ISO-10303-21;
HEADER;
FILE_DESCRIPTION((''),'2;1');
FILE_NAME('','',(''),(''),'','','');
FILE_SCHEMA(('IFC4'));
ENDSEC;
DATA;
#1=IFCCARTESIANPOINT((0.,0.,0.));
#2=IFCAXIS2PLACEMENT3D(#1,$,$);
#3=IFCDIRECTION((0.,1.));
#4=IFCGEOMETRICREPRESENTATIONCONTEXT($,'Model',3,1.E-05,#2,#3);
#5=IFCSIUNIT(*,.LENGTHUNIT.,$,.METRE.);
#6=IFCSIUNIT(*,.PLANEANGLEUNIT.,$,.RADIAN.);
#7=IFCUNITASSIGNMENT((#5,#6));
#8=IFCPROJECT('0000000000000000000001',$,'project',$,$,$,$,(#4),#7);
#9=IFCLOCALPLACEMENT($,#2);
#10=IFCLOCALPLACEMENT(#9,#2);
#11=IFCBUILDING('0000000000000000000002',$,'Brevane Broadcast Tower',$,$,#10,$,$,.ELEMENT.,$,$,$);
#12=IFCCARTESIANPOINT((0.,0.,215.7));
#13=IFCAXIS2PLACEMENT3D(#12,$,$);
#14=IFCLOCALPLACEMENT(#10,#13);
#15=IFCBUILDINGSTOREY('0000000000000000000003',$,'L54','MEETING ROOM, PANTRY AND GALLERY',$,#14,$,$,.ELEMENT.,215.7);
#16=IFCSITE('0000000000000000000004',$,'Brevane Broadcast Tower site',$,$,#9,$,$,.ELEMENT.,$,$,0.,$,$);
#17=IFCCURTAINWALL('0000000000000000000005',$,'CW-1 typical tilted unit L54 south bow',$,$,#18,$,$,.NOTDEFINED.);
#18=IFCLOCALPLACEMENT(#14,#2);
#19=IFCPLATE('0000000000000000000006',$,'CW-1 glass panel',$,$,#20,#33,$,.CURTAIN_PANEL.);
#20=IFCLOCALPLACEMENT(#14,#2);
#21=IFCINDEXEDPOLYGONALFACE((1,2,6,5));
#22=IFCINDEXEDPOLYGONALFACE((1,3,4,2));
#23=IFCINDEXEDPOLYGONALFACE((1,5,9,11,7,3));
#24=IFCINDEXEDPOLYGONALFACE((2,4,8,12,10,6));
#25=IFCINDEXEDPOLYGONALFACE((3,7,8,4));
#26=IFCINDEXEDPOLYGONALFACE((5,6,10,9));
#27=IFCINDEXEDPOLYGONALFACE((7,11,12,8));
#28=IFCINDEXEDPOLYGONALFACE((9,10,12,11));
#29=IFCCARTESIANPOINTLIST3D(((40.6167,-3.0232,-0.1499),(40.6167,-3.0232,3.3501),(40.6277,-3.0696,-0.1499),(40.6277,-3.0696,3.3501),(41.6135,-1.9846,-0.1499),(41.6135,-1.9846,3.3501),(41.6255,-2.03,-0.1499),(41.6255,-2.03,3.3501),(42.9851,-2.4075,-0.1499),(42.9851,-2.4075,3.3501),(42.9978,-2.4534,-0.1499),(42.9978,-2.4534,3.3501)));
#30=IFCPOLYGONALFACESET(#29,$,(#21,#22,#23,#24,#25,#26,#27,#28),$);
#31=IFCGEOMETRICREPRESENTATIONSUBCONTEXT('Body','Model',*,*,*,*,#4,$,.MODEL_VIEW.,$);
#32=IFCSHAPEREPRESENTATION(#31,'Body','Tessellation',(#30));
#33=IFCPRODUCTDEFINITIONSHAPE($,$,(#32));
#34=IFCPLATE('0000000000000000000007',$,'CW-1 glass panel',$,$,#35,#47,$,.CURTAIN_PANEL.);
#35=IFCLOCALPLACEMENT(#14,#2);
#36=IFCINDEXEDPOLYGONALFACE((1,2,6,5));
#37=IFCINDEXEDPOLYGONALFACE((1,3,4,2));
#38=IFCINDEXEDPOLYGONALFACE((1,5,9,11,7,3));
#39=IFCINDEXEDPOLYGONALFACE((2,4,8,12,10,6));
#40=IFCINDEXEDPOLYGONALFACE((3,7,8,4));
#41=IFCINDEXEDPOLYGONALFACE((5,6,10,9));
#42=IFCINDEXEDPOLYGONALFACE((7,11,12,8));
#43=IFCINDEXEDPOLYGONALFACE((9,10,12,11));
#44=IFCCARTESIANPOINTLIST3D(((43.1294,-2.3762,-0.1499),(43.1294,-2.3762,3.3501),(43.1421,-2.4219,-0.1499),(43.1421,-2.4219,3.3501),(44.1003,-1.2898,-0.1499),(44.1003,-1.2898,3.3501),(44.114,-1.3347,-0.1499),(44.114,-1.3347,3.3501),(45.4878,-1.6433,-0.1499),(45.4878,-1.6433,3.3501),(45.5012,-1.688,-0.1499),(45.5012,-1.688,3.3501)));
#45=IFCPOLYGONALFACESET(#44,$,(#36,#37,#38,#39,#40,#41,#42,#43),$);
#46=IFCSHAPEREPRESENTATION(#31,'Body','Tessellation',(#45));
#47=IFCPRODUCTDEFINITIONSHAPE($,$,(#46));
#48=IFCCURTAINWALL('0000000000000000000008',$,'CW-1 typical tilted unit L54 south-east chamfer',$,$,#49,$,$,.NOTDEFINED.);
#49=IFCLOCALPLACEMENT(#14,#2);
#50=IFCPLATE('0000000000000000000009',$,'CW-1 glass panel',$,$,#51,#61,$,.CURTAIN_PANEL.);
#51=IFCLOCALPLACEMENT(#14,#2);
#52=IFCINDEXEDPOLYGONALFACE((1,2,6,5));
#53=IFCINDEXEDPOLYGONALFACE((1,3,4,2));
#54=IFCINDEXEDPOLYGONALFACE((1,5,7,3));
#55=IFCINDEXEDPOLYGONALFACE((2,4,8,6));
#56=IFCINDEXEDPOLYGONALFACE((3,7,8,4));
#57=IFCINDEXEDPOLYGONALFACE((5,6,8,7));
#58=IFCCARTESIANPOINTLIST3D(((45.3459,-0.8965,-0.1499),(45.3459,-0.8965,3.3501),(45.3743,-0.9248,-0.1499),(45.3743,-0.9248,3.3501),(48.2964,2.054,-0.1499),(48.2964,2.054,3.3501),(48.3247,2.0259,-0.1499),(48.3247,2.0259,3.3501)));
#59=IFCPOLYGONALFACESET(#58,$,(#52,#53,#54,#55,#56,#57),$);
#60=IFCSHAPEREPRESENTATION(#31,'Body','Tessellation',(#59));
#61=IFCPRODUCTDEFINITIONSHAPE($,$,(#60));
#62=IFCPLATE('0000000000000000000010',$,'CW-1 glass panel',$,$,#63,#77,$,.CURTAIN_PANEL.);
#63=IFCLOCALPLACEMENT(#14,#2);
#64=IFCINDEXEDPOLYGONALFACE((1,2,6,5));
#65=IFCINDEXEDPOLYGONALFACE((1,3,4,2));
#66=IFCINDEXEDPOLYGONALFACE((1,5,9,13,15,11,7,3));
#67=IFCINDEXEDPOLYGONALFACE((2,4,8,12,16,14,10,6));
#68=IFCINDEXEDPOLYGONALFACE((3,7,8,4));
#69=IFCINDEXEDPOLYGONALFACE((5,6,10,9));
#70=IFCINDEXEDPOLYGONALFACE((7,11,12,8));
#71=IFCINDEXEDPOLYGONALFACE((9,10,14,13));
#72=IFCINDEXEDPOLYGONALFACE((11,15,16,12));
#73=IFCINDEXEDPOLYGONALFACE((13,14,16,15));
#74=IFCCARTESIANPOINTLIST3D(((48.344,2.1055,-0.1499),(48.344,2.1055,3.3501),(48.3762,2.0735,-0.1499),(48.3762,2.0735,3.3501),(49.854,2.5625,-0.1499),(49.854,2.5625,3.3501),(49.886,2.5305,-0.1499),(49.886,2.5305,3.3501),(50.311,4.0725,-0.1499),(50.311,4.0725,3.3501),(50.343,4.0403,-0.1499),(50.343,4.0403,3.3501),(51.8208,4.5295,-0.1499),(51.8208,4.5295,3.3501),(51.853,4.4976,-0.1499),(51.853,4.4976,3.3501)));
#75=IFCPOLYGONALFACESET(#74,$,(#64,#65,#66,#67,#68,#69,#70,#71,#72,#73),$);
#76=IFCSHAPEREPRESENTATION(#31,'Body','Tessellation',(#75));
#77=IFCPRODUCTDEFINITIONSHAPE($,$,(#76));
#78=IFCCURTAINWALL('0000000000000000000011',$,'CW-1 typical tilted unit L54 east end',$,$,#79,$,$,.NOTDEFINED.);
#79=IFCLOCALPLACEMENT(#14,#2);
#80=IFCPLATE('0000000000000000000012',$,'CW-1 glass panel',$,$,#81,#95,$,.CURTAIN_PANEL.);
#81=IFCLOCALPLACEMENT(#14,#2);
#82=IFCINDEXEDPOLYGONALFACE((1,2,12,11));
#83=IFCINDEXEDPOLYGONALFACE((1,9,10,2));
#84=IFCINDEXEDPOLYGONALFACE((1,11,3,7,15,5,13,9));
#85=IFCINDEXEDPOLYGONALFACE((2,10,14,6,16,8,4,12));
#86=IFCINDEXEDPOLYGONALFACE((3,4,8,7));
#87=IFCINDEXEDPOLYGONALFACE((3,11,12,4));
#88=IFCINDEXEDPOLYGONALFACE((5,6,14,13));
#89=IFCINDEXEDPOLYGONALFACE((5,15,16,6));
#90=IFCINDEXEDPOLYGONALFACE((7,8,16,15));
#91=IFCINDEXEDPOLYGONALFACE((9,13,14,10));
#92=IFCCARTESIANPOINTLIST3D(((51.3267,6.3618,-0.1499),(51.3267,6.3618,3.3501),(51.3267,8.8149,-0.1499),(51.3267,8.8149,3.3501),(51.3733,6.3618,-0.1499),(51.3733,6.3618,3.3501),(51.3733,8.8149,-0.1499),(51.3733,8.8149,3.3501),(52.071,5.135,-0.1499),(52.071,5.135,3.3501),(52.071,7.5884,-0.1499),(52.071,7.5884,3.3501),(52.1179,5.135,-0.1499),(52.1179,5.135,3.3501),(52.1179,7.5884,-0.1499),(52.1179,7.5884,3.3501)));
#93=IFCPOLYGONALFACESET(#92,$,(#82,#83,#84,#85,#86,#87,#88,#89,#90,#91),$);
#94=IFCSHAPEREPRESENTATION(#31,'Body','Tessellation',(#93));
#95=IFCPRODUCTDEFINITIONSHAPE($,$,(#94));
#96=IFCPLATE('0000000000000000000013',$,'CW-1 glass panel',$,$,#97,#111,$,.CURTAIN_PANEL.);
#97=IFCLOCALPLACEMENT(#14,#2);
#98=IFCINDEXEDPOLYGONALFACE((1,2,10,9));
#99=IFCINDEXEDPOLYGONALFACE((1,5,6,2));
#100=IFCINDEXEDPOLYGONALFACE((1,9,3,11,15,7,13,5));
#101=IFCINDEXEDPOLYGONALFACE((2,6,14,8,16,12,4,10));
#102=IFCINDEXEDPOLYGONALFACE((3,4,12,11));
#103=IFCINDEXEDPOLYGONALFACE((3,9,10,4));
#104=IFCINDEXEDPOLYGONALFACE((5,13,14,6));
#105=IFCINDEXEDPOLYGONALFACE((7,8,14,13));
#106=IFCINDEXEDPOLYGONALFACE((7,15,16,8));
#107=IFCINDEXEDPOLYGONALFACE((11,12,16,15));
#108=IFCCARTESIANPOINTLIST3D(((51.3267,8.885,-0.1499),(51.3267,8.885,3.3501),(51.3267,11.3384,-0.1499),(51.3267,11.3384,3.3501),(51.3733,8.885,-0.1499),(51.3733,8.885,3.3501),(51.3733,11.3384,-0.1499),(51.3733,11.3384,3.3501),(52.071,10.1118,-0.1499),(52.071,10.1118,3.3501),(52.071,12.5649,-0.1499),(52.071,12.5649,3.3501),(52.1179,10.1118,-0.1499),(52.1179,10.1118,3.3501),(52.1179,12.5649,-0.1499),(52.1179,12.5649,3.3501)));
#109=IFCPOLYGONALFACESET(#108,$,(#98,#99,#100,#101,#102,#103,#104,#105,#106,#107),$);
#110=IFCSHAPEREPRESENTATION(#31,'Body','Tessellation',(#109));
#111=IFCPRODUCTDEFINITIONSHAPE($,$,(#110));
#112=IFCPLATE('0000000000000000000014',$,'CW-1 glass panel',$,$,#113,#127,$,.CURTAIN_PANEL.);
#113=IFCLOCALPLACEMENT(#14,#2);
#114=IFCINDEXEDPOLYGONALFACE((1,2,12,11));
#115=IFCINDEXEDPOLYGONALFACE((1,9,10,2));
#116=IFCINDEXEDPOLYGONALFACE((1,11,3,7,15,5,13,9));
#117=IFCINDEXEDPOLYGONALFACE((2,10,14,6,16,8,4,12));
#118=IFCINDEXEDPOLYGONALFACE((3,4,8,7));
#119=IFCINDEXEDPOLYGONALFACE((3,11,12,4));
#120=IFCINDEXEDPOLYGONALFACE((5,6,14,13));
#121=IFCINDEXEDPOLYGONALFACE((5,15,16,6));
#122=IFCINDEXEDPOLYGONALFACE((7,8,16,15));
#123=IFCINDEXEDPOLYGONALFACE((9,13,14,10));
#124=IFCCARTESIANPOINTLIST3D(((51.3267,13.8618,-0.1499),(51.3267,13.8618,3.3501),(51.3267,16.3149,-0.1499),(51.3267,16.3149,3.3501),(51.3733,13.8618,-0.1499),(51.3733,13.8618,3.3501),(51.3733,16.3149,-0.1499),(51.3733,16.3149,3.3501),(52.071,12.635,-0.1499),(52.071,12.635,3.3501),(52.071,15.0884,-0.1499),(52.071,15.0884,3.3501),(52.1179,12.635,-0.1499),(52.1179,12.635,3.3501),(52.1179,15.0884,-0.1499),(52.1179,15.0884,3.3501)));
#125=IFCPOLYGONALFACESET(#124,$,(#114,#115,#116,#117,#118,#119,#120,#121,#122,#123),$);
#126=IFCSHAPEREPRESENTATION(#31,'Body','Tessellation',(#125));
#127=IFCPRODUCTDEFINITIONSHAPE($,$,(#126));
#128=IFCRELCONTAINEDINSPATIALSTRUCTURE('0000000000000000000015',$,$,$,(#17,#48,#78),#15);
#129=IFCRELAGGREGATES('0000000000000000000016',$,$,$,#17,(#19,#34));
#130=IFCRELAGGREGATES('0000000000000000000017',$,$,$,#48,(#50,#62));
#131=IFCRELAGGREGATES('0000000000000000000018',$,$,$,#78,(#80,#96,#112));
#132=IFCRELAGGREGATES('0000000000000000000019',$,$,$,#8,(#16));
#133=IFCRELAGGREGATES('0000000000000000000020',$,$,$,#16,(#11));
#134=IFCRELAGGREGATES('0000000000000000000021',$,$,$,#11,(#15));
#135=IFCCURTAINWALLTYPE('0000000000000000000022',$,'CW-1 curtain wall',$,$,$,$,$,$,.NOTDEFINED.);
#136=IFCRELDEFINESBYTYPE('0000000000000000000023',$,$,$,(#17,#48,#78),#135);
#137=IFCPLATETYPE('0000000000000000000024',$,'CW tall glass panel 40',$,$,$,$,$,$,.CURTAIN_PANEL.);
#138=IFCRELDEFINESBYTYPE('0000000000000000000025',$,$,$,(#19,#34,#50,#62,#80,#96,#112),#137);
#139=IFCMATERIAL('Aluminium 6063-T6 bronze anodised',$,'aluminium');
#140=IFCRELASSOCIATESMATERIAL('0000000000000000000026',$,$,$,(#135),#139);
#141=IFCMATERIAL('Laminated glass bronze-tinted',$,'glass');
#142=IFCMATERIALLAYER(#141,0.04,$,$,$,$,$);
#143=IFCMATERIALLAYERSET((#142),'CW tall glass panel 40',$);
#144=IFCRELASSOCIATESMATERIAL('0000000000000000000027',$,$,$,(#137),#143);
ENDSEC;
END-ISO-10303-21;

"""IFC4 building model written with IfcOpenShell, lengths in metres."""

from ifc_helpers import new_model, si_unit, direction, frame, origin, place, context, subcontext, project, spatial, polyline, outline, extrude, material, layer, layer_set, type_object, element, aggregate, save


model = new_model("IFC4")

# Units and contexts
model_context = context("Model", 3, precision=1e-05, world=origin(), true_north=direction((0.0, 1.0)))
body_context = subcontext(model_context, "Body", "Model", "MODEL_VIEW")
ifc_project = project(units=[si_unit("LENGTHUNIT", "METRE"), si_unit("PLANEANGLEUNIT", "RADIAN")], contexts=[model_context])

# Site, building, storey
site_placement = place(None, origin())
site = spatial("IfcSite", under=ifc_project, at=site_placement, Name="Brevane Broadcast Tower site", CompositionType="ELEMENT", RefElevation=0.0)
building_placement = place(site_placement, origin())
building = spatial("IfcBuilding", under=site, at=building_placement, Name="Brevane Broadcast Tower", CompositionType="ELEMENT")
storey_placement = place(building_placement, frame((0.0, 0.0, 215.7)))
storey = spatial("IfcBuildingStorey", under=building, at=storey_placement, Name="L54", Description="MEETING ROOM, PANTRY AND GALLERY", CompositionType="ELEMENT", Elevation=215.7)

# Curtain walls, plates
ifc_material_1 = material(Name="Aluminium 6063-T6 bronze anodised", Category="aluminium")
curtain_wall_type = type_object("IfcCurtainWallType", Name="CW-1 curtain wall", PredefinedType="NOTDEFINED", material=ifc_material_1)
curtain_wall_1_placement = place(storey_placement, origin())
curtain_wall_1 = element("IfcCurtainWall", 1, at=curtain_wall_1_placement, inside=storey, type_object=curtain_wall_type, Name="CW-1 typical tilted unit L54 south bow", PredefinedType="NOTDEFINED")
ifc_material_2 = material(Name="Laminated glass bronze-tinted", Category="glass")
ifc_layer = layer(ifc_material_2, 0.04)
ifc_layer_set = layer_set([ifc_layer], Name="CW tall glass panel 40")
plate_type = type_object("IfcPlateType", Name="CW tall glass panel 40", PredefinedType="CURTAIN_PANEL", material=ifc_layer_set)
plate_1_placement = place(storey_placement, frame((0.0, 0.0, -0.1499)))
plate_1 = element("IfcPlate", 2, at=plate_1_placement, type_object=plate_type, Name="CW-1 glass panel", PredefinedType="CURTAIN_PANEL", context=body_context, shape_type="SweptSolid", body=[
    extrude(outline(polyline([(40.6167, -3.0232), (40.6277, -3.0696), (41.6255, -2.03), (42.9978, -2.4534), (42.9851, -2.4075), (41.6135, -1.9846), (40.6167, -3.0232)])), origin(), (0.0, 0.0, 1.0), 3.5),
])
plate_2_placement = place(storey_placement, frame((0.0, 0.0, -0.1499)))
plate_2 = element("IfcPlate", 3, at=plate_2_placement, type_object=plate_type, Name="CW-1 glass panel", PredefinedType="CURTAIN_PANEL", context=body_context, shape_type="SweptSolid", body=[
    extrude(outline(polyline([(43.1294, -2.3762), (43.1421, -2.4219), (44.114, -1.3347), (45.5012, -1.688), (45.4878, -1.6433), (44.1003, -1.2898), (43.1294, -2.3762)])), origin(), (0.0, 0.0, 1.0), 3.5),
])
aggregate(curtain_wall_1, [plate_1, plate_2])
curtain_wall_2_placement = place(storey_placement, origin())
curtain_wall_2 = element("IfcCurtainWall", 4, at=curtain_wall_2_placement, inside=storey, type_object=curtain_wall_type, Name="CW-1 typical tilted unit L54 south-east chamfer", PredefinedType="NOTDEFINED")
plate_3_placement = place(storey_placement, frame((0.0, 0.0, -0.1499)))
plate_3 = element("IfcPlate", 5, at=plate_3_placement, type_object=plate_type, Name="CW-1 glass panel", PredefinedType="CURTAIN_PANEL", context=body_context, shape_type="SweptSolid", body=[
    extrude(outline(polyline([(45.3459, -0.8965), (48.2964, 2.054), (48.3247, 2.0259), (45.3743, -0.9248), (45.3459, -0.8965)])), origin(), (0.0, 0.0, 1.0), 3.5),
])
plate_4_placement = place(storey_placement, frame((0.0, 0.0, -0.1499)))
plate_4 = element("IfcPlate", 6, at=plate_4_placement, type_object=plate_type, Name="CW-1 glass panel", PredefinedType="CURTAIN_PANEL", context=body_context, shape_type="SweptSolid", body=[
    extrude(outline(polyline([(48.344, 2.1055), (48.3762, 2.0735), (49.886, 2.5305), (50.343, 4.0403), (51.853, 4.4976), (51.8208, 4.5295), (50.311, 4.0725), (49.854, 2.5625), (48.344, 2.1055)])), origin(), (0.0, 0.0, 1.0), 3.5),
])
aggregate(curtain_wall_2, [plate_3, plate_4])
curtain_wall_3_placement = place(storey_placement, origin())
curtain_wall_3 = element("IfcCurtainWall", 7, at=curtain_wall_3_placement, inside=storey, type_object=curtain_wall_type, Name="CW-1 typical tilted unit L54 east end", PredefinedType="NOTDEFINED")
plate_5_placement = place(storey_placement, frame((0.0, 0.0, -0.1499)))
plate_5 = element("IfcPlate", 8, at=plate_5_placement, type_object=plate_type, Name="CW-1 glass panel", PredefinedType="CURTAIN_PANEL", context=body_context, shape_type="SweptSolid", body=[
    extrude(outline(polyline([(52.071, 5.135), (52.1179, 5.135), (51.3733, 6.3618), (52.1179, 7.5884), (51.3733, 8.8149), (51.3267, 8.8149), (52.071, 7.5884), (51.3267, 6.3618), (52.071, 5.135)])), origin(), (0.0, 0.0, 1.0), 3.5),
])
plate_6_placement = place(storey_placement, frame((0.0, 0.0, -0.1499)))
plate_6 = element("IfcPlate", 9, at=plate_6_placement, type_object=plate_type, Name="CW-1 glass panel", PredefinedType="CURTAIN_PANEL", context=body_context, shape_type="SweptSolid", body=[
    extrude(outline(polyline([(51.3267, 8.885), (51.3733, 8.885), (52.1179, 10.1118), (51.3733, 11.3384), (52.1179, 12.5649), (52.071, 12.5649), (51.3267, 11.3384), (52.071, 10.1118), (51.3267, 8.885)])), origin(), (0.0, 0.0, 1.0), 3.5),
])
plate_7_placement = place(storey_placement, frame((0.0, 0.0, -0.1499)))
plate_7 = element("IfcPlate", 10, at=plate_7_placement, type_object=plate_type, Name="CW-1 glass panel", PredefinedType="CURTAIN_PANEL", context=body_context, shape_type="SweptSolid", body=[
    extrude(outline(polyline([(52.071, 12.635), (52.1179, 12.635), (51.3733, 13.8618), (52.1179, 15.0884), (51.3733, 16.3149), (51.3267, 16.3149), (52.071, 15.0884), (51.3267, 13.8618), (52.071, 12.635)])), origin(), (0.0, 0.0, 1.0), 3.5),
])
aggregate(curtain_wall_3, [plate_5, plate_6, plate_7])

save(model, "model.ifc")
